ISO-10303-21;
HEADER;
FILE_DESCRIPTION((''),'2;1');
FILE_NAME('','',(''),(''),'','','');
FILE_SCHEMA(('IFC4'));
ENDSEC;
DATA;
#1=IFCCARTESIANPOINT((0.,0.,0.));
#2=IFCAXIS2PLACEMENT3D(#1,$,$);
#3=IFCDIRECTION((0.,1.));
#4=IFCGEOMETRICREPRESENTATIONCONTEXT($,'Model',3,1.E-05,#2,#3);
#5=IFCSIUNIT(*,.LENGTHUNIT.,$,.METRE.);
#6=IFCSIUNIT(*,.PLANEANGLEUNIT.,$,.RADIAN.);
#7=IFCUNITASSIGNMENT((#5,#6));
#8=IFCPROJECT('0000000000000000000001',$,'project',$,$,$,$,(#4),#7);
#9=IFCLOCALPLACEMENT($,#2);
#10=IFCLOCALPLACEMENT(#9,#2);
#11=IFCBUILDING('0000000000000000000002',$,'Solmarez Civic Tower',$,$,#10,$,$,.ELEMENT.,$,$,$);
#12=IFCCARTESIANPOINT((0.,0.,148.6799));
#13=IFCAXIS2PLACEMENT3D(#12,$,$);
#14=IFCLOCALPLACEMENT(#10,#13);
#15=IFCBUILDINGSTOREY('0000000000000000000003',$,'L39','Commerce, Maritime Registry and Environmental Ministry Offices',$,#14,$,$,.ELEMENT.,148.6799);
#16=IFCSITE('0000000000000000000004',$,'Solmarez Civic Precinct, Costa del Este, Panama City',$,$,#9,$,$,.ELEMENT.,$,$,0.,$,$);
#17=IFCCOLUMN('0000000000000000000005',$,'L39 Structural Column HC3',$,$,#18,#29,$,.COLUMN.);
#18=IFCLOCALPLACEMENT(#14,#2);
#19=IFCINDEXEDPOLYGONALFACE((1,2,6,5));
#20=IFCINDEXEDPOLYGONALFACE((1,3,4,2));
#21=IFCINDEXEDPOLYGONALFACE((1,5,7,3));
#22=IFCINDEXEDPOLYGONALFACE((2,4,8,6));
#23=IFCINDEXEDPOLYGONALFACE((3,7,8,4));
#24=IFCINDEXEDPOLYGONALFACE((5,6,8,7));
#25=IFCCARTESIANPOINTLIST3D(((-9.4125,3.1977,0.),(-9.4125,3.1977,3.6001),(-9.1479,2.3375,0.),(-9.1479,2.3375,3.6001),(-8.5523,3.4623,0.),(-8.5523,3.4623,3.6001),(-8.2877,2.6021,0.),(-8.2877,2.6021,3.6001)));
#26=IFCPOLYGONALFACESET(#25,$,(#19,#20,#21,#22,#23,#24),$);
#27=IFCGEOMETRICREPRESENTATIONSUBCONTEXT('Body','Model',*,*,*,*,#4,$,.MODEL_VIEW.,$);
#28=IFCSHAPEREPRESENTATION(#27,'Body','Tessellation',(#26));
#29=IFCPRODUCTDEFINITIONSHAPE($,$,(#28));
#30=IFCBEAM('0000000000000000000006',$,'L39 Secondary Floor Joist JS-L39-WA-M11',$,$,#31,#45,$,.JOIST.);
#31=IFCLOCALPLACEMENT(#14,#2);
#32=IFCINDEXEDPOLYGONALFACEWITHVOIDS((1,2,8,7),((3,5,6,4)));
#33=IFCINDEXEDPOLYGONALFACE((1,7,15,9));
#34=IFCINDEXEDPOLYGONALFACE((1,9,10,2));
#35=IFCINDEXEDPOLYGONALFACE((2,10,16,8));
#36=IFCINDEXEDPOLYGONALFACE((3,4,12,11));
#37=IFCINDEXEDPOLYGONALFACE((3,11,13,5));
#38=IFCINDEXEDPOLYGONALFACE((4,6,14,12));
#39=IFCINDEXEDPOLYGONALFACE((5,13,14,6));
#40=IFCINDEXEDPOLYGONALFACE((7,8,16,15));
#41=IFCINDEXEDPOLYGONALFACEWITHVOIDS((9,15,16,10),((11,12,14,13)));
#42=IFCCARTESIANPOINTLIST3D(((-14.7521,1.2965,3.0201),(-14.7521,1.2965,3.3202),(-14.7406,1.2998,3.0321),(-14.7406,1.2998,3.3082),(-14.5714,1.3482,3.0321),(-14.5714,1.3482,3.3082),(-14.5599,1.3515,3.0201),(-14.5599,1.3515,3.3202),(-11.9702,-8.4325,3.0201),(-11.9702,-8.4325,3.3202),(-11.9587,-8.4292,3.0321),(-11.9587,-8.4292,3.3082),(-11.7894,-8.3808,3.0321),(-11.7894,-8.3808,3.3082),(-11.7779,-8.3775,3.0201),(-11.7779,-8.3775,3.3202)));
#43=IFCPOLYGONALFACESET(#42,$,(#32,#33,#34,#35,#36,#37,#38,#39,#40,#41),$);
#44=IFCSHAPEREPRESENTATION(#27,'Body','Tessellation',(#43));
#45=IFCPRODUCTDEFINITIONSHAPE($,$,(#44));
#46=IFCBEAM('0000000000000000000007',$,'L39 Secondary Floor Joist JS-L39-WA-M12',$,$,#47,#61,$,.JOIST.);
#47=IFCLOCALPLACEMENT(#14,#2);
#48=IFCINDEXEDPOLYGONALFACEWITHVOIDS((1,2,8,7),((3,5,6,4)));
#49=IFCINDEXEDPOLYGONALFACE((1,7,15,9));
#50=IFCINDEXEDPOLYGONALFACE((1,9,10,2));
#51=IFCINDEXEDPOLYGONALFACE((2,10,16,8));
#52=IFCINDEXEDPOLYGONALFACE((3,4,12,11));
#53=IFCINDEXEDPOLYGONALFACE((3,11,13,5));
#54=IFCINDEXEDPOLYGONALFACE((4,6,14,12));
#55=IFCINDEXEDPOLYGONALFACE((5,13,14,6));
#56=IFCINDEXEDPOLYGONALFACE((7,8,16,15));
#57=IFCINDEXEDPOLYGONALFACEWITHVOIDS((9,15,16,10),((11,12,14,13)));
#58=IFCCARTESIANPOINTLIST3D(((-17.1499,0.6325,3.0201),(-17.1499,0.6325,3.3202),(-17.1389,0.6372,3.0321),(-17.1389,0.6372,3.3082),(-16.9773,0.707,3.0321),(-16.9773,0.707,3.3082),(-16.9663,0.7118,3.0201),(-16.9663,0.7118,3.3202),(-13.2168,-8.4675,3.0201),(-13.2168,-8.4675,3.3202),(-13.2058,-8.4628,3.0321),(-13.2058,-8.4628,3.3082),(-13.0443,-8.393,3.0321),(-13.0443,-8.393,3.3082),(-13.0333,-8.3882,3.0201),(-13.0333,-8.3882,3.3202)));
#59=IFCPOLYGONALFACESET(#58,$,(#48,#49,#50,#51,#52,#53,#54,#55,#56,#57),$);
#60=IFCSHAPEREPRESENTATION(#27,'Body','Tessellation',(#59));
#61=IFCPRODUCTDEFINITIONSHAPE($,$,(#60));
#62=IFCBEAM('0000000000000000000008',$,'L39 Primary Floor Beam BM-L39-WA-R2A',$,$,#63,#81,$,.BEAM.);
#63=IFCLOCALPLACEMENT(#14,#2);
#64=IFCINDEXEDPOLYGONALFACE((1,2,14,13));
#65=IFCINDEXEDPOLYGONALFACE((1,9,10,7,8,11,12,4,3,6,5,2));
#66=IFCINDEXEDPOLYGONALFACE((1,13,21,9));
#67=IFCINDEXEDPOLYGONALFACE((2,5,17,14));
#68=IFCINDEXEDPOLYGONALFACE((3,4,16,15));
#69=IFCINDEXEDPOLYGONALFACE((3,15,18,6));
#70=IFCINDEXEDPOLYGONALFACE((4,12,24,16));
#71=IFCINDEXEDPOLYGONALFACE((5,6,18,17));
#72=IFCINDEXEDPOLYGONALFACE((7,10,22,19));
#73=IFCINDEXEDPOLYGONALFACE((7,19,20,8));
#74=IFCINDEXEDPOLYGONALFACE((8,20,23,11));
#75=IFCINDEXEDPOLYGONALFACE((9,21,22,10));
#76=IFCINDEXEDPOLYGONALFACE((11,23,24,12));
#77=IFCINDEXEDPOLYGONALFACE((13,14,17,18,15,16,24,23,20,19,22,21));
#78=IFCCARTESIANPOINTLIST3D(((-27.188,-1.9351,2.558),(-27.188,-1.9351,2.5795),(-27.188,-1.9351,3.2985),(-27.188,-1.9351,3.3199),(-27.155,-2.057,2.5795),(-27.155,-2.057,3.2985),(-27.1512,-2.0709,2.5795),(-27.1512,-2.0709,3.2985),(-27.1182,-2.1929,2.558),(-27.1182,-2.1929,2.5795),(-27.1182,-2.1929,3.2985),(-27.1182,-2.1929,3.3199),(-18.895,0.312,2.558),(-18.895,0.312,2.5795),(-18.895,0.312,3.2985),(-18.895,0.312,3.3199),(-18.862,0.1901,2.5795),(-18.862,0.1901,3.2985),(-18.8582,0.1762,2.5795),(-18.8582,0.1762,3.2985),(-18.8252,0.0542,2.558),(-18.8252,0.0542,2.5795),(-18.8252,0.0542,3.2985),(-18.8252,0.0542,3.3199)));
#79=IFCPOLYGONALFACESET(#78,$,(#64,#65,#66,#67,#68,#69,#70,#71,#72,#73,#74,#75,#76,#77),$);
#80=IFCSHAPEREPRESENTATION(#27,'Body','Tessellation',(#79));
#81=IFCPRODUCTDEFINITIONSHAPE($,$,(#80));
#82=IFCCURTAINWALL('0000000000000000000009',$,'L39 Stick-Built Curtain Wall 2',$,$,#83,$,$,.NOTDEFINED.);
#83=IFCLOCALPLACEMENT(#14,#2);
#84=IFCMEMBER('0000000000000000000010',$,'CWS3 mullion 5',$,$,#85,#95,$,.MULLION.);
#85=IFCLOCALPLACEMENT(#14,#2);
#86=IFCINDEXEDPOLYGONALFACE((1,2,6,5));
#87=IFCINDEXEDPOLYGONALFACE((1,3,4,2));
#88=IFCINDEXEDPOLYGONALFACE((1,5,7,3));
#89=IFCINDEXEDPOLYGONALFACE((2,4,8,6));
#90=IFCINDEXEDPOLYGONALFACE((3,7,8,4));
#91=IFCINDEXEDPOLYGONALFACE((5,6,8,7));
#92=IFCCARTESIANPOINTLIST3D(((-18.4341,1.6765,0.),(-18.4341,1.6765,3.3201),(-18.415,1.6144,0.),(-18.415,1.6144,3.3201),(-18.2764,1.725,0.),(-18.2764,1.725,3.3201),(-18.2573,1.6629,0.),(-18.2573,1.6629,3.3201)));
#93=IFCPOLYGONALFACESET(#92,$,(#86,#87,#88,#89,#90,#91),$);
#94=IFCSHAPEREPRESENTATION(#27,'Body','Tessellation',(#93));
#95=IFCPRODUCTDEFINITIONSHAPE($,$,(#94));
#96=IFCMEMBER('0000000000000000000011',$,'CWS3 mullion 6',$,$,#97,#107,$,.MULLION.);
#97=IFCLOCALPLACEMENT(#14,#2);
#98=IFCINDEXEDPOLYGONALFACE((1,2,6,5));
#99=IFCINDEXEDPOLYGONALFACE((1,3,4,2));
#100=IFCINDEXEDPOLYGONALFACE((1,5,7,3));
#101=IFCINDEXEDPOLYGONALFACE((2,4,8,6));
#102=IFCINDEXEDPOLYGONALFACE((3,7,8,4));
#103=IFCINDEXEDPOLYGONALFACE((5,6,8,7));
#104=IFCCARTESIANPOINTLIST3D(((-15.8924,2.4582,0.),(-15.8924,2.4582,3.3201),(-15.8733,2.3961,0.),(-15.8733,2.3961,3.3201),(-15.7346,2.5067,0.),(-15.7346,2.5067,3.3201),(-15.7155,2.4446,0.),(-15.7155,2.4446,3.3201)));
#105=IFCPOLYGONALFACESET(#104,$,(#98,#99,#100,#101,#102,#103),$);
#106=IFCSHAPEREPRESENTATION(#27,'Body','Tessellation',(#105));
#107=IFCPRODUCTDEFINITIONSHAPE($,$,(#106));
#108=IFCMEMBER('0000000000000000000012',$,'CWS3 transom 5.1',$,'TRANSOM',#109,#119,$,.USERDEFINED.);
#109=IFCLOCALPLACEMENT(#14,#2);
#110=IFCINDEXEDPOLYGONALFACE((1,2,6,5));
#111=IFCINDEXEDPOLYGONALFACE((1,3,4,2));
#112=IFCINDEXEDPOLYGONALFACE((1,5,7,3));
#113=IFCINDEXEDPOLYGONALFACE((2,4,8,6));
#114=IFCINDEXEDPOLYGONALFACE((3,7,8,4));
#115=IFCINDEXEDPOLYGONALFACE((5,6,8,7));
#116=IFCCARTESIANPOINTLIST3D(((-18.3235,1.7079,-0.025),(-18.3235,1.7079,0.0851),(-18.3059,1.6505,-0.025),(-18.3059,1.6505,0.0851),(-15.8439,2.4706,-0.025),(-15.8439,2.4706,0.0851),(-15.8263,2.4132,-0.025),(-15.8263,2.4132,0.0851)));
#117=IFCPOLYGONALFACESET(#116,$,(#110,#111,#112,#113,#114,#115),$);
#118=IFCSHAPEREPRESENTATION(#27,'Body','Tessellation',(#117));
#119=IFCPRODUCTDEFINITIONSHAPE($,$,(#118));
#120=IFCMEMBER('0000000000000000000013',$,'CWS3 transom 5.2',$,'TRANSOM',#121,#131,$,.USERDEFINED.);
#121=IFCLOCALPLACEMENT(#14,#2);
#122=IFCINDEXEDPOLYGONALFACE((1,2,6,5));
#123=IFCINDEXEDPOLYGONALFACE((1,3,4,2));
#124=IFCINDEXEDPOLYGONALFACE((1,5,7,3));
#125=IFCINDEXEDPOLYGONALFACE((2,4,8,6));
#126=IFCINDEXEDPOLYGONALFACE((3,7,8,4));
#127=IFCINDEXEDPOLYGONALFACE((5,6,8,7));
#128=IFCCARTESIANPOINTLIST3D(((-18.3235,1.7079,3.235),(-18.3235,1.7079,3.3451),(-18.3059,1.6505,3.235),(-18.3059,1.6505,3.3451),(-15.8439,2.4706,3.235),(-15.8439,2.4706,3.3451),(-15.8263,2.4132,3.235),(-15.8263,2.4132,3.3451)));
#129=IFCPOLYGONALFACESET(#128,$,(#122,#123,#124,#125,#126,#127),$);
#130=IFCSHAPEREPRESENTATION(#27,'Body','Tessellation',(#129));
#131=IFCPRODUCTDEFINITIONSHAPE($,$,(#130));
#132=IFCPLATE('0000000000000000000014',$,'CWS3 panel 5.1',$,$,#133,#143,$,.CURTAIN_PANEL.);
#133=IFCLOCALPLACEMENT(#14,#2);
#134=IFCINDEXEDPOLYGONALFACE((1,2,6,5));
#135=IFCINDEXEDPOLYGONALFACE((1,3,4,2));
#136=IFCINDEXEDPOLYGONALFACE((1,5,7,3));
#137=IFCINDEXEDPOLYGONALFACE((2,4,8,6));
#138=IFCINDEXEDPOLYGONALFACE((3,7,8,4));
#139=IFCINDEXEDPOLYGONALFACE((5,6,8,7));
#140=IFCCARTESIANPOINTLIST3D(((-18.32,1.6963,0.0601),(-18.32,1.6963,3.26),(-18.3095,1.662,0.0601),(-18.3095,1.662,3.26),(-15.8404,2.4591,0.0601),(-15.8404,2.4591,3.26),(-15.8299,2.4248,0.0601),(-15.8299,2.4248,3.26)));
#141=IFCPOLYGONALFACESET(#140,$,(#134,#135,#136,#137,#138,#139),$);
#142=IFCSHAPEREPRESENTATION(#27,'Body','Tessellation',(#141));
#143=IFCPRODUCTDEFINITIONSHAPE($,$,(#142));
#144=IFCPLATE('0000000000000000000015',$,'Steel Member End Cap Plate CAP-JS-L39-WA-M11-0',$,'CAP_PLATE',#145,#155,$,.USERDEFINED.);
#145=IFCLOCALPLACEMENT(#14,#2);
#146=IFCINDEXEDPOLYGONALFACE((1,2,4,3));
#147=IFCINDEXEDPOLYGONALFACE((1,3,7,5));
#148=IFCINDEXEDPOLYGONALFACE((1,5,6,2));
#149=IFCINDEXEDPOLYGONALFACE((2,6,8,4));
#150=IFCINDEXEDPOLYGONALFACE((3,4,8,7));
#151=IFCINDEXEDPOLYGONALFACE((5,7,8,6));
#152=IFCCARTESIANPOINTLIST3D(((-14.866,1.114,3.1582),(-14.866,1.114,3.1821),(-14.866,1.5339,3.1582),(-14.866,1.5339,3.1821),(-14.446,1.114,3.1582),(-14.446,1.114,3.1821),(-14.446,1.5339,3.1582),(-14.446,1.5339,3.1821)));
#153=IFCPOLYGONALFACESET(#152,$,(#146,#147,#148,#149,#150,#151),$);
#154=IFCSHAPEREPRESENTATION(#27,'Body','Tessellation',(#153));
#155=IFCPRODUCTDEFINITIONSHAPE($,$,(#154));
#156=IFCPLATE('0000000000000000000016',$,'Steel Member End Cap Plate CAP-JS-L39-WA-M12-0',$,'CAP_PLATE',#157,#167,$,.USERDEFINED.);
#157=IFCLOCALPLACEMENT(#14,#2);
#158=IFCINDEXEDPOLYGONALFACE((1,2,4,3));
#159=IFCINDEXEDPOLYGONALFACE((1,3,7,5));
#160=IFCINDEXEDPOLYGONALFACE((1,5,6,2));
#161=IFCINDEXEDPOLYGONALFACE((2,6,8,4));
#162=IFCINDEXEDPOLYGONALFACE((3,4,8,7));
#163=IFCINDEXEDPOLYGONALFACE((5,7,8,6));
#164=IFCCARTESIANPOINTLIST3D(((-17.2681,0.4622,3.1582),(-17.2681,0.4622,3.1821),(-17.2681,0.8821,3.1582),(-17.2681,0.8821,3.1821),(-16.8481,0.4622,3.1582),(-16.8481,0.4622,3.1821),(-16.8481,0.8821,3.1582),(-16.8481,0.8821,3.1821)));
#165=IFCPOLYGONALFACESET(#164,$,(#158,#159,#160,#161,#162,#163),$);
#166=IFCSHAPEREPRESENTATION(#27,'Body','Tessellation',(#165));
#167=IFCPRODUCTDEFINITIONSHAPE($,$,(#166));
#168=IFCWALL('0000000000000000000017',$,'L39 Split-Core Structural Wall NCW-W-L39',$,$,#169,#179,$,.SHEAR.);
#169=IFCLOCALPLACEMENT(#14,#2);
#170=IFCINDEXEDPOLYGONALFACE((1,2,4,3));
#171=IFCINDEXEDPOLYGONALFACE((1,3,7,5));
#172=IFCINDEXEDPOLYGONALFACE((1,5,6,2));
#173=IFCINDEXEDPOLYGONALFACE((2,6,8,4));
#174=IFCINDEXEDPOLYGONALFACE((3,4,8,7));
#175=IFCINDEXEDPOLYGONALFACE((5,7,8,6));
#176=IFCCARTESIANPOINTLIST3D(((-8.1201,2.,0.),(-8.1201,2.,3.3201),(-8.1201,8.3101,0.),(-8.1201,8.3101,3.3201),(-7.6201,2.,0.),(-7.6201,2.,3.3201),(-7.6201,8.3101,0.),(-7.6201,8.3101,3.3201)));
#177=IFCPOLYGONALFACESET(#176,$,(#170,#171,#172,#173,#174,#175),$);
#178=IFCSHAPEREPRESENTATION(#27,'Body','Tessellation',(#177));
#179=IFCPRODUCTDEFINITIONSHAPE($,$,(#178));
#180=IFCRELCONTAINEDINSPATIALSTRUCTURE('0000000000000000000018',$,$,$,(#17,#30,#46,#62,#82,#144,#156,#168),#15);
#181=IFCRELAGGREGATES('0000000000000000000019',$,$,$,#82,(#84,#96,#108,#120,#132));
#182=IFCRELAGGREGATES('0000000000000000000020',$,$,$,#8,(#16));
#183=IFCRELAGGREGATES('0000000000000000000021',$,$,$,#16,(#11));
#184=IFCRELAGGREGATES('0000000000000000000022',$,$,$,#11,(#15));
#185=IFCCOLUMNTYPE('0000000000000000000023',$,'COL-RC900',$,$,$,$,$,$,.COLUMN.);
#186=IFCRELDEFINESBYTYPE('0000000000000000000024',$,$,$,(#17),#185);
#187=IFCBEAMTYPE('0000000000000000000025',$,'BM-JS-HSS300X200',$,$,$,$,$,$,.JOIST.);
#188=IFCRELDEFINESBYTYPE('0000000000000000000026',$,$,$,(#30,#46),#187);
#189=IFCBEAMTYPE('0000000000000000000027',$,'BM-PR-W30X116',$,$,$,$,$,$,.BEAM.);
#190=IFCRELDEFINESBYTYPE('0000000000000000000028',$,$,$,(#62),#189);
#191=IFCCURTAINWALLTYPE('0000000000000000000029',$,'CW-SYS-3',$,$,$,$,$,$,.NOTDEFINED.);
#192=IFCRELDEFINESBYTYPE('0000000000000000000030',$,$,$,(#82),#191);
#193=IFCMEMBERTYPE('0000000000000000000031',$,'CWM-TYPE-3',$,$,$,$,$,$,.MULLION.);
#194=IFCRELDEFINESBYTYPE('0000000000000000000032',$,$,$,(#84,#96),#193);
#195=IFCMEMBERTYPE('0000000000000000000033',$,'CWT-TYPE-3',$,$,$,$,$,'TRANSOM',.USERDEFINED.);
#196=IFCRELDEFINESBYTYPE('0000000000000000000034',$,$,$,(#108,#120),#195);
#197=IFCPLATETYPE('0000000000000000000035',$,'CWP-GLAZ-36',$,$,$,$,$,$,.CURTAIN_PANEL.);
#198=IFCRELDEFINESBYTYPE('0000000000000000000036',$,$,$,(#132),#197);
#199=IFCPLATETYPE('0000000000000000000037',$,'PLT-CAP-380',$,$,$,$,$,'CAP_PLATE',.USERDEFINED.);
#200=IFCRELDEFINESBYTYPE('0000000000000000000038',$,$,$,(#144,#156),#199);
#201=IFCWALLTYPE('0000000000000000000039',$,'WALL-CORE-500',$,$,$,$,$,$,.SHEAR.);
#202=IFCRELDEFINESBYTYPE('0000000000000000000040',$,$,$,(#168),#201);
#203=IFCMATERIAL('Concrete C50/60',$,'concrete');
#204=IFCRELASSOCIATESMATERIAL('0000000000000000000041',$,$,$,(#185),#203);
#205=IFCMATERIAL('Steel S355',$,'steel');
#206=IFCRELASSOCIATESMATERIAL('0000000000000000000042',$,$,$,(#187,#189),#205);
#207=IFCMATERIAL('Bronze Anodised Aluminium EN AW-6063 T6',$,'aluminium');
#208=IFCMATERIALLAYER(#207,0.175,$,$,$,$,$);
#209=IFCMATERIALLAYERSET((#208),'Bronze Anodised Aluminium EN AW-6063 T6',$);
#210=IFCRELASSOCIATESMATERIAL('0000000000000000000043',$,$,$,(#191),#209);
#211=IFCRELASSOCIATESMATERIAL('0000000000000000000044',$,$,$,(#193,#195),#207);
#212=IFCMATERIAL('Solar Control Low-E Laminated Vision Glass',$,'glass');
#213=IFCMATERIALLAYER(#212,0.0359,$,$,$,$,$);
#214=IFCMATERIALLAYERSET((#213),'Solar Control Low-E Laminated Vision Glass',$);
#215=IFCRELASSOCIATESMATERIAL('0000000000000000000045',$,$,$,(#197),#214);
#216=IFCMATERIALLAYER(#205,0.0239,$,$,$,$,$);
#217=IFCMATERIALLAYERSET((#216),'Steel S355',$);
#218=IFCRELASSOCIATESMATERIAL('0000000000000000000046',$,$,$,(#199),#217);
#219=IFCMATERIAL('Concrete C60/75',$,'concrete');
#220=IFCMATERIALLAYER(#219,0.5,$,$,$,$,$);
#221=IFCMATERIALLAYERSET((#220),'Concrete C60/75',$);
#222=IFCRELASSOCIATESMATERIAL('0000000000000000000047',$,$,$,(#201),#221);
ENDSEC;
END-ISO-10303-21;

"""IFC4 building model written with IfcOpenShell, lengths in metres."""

from ifc_helpers import new_model, si_unit, direction, frame, frame_2d, origin, origin_2d, place, context, subcontext, project, spatial, rectangle, hollow_rectangle, i_section, extrude, material, layer, layer_set, material_profile, profile_set, type_object, element, aggregate, save


model = new_model("IFC4")

# Units and contexts
model_context = context("Model", 3, precision=1e-05, world=origin(), true_north=direction((0.0, 1.0)))
body_context = subcontext(model_context, "Body", "Model", "MODEL_VIEW")
ifc_project = project(units=[si_unit("LENGTHUNIT", "METRE"), si_unit("PLANEANGLEUNIT", "RADIAN")], contexts=[model_context])

# Site, building, storey
site_placement = place(None, origin())
site = spatial("IfcSite", under=ifc_project, at=site_placement, Name="Solmarez Civic Precinct, Costa del Este, Panama City", CompositionType="ELEMENT", RefElevation=0.0)
building_placement = place(site_placement, origin())
building = spatial("IfcBuilding", under=site, at=building_placement, Name="Solmarez Civic Tower", CompositionType="ELEMENT")
storey_placement = place(building_placement, frame((0.0, 0.0, 148.6799)))
storey = spatial("IfcBuildingStorey", under=building, at=storey_placement, Name="L39", Description="Commerce, Maritime Registry and Environmental Ministry Offices", CompositionType="ELEMENT", Elevation=148.6799)

# Column
ifc_material_1 = material(Name="Concrete C50/60", Category="concrete")
ifc_material_profile_1 = material_profile(ifc_material_1, rectangle(XDim=0.8999, YDim=0.8999, at=origin_2d()), Name="RC900X900")
ifc_profile_set_1 = profile_set([ifc_material_profile_1], Name="Concrete C50/60")
column_type = type_object("IfcColumnType", Name="COL-RC900", PredefinedType="COLUMN", material=ifc_profile_set_1)
column_placement = place(storey_placement, frame((-8.8501, 2.8999, 0.0), z_axis=(0.0, 0.0, 1.0), x_axis=(0.955793, 0.29404, 0.0)))
element("IfcColumn", 1, at=column_placement, inside=storey, type_object=column_type, Name="L39 Structural Column HC3", PredefinedType="COLUMN", context=body_context, shape_type="SweptSolid", body=[
    extrude(rectangle(XDim=0.8999, YDim=0.8999, at=origin_2d()), origin(), (0.0, 0.0, 1.0), 3.6001),
])

# Beams
ifc_material_2 = material(Name="Steel S355", Category="steel")
ifc_material_profile_2 = material_profile(ifc_material_2, hollow_rectangle(XDim=0.2, YDim=0.3, WallThickness=0.012, at=origin_2d()), Name="HSS300X200X12")
ifc_profile_set_2 = profile_set([ifc_material_profile_2], Name="Steel S355")
beam_type_1 = type_object("IfcBeamType", Name="BM-JS-HSS300X200", PredefinedType="JOIST", material=ifc_profile_set_2)
beam_1_placement = place(storey_placement, frame((-14.656, 1.324, 3.1702), z_axis=(0.274928, -0.961465, 0.0), x_axis=(0.961465, 0.274928, 0.0)))
element("IfcBeam", 2, at=beam_1_placement, inside=storey, type_object=beam_type_1, Name="L39 Secondary Floor Joist JS-L39-WA-M11", PredefinedType="JOIST", context=body_context, shape_type="SweptSolid", body=[
    extrude(hollow_rectangle(XDim=0.2, YDim=0.3, WallThickness=0.012, at=origin_2d()), origin(), (0.0, 0.0, 1.0), 10.1189),
])
beam_2_placement = place(storey_placement, frame((-17.0581, 0.6721, 3.1702), z_axis=(0.396735, -0.917933, 0.0), x_axis=(0.917933, 0.396735, 0.0)))
element("IfcBeam", 3, at=beam_2_placement, inside=storey, type_object=beam_type_1, Name="L39 Secondary Floor Joist JS-L39-WA-M12", PredefinedType="JOIST", context=body_context, shape_type="SweptSolid", body=[
    extrude(hollow_rectangle(XDim=0.2, YDim=0.3, WallThickness=0.012, at=origin_2d()), origin(), (0.0, 0.0, 1.0), 9.9136),
])
ifc_material_profile_3 = material_profile(ifc_material_2, i_section(OverallWidth=0.2671, OverallDepth=0.762, WebThickness=0.0144, FlangeThickness=0.0215, at=origin_2d()), Name="W30X116")
ifc_profile_set_3 = profile_set([ifc_material_profile_3], Name="Steel S355")
beam_type_2 = type_object("IfcBeamType", Name="BM-PR-W30X116", PredefinedType="BEAM", material=ifc_profile_set_3)
beam_3_placement = place(storey_placement, frame((-18.8601, 0.1831, 2.939), z_axis=(-0.965195, -0.26153, 0.0), x_axis=(0.26153, -0.965195, 0.0)))
element("IfcBeam", 4, at=beam_3_placement, inside=storey, type_object=beam_type_2, Name="L39 Primary Floor Beam BM-L39-WA-R2A", PredefinedType="BEAM", context=body_context, shape_type="SweptSolid", body=[
    extrude(i_section(OverallWidth=0.2671, OverallDepth=0.762, WebThickness=0.0144, FlangeThickness=0.0215, at=origin_2d()), origin(), (0.0, 0.0, 1.0), 8.592),
])

# Curtain wall, members, plate
ifc_material_3 = material(Name="Bronze Anodised Aluminium EN AW-6063 T6", Category="aluminium")
ifc_layer_1 = layer(ifc_material_3, 0.175)
ifc_layer_set_1 = layer_set([ifc_layer_1], Name="Bronze Anodised Aluminium EN AW-6063 T6")
curtain_wall_type = type_object("IfcCurtainWallType", Name="CW-SYS-3", PredefinedType="NOTDEFINED", material=ifc_layer_set_1)
curtain_wall_placement = place(storey_placement, origin())
curtain_wall = element("IfcCurtainWall", 5, at=curtain_wall_placement, inside=storey, type_object=curtain_wall_type, Name="L39 Stick-Built Curtain Wall 2", PredefinedType="NOTDEFINED")
ifc_material_profile_4 = material_profile(ifc_material_3, rectangle(XDim=0.0649, YDim=0.165, at=origin_2d()), Name="CWM-65X165")
ifc_profile_set_4 = profile_set([ifc_material_profile_4], Name="Bronze Anodised Aluminium EN AW-6063 T6")
member_type_1 = type_object("IfcMemberType", Name="CWM-TYPE-3", PredefinedType="MULLION", material=ifc_profile_set_4)
member_1_placement = place(storey_placement, frame((-18.3457, 1.6697, 0.0), z_axis=(0.0, 0.0, 1.0), x_axis=(-0.294008, 0.955803, 0.0)))
member_1 = element("IfcMember", 6, at=member_1_placement, type_object=member_type_1, Name="CWS3 mullion 5", PredefinedType="MULLION", context=body_context, shape_type="SweptSolid", body=[
    extrude(rectangle(XDim=0.0649, YDim=0.165, at=origin_2d()), origin(), (0.0, 0.0, 1.0), 3.3201),
])
member_2_placement = place(storey_placement, frame((-15.804, 2.4514, 0.0), z_axis=(0.0, 0.0, 1.0), x_axis=(-0.294008, 0.955803, 0.0)))
member_2 = element("IfcMember", 7, at=member_2_placement, type_object=member_type_1, Name="CWS3 mullion 6", PredefinedType="MULLION", context=body_context, shape_type="SweptSolid", body=[
    extrude(rectangle(XDim=0.0649, YDim=0.165, at=origin_2d()), origin(), (0.0, 0.0, 1.0), 3.3201),
])
ifc_material_profile_5 = material_profile(ifc_material_3, rectangle(XDim=0.0601, YDim=0.1101, at=origin_2d()), Name="CWT-60X110")
ifc_profile_set_5 = profile_set([ifc_material_profile_5], Name="Bronze Anodised Aluminium EN AW-6063 T6")
member_type_2 = type_object("IfcMemberType", Name="CWT-TYPE-3", ElementType="TRANSOM", PredefinedType="USERDEFINED", material=ifc_profile_set_5)
member_3_placement = place(storey_placement, frame((-18.3147, 1.6792, 0.03), z_axis=(0.955803, 0.294006, 0.0), x_axis=(-0.294006, 0.955803, 0.0)))
member_3 = element("IfcMember", 8, at=member_3_placement, type_object=member_type_2, Name="CWS3 transom 5.1", ObjectType="TRANSOM", PredefinedType="USERDEFINED", context=body_context, shape_type="SweptSolid", body=[
    extrude(rectangle(XDim=0.0601, YDim=0.1101, at=origin_2d()), origin(), (0.0, 0.0, 1.0), 2.5942),
])
member_4_placement = place(storey_placement, frame((-18.3147, 1.6792, 3.29), z_axis=(0.955803, 0.294006, 0.0), x_axis=(-0.294006, 0.955803, 0.0)))
member_4 = element("IfcMember", 9, at=member_4_placement, type_object=member_type_2, Name="CWS3 transom 5.2", ObjectType="TRANSOM", PredefinedType="USERDEFINED", context=body_context, shape_type="SweptSolid", body=[
    extrude(rectangle(XDim=0.0601, YDim=0.1101, at=origin_2d()), origin(), (0.0, 0.0, 1.0), 2.5942),
])
ifc_material_4 = material(Name="Solar Control Low-E Laminated Vision Glass", Category="glass")
ifc_layer_2 = layer(ifc_material_4, 0.0359)
ifc_layer_set_2 = layer_set([ifc_layer_2], Name="Solar Control Low-E Laminated Vision Glass")
plate_type_1 = type_object("IfcPlateType", Name="CWP-GLAZ-36", PredefinedType="CURTAIN_PANEL", material=ifc_layer_set_2)
plate_placement = place(storey_placement, frame((-17.075, 2.0605, 0.0601), z_axis=(0.0, 0.0, 1.0), x_axis=(0.955803, 0.294008, 0.0)))
plate = element("IfcPlate", 10, at=plate_placement, type_object=plate_type_1, Name="CWS3 panel 5.1", PredefinedType="CURTAIN_PANEL", context=body_context, shape_type="SweptSolid", body=[
    extrude(rectangle(XDim=2.5942, YDim=0.0359, at=origin_2d()), origin(), (0.0, 0.0, 1.0), 3.2),
])
aggregate(curtain_wall, [member_1, member_2, member_3, member_4, plate])

# Plates
ifc_layer_3 = layer(ifc_material_2, 0.0239)
ifc_layer_set_3 = layer_set([ifc_layer_3], Name="Steel S355")
plate_type_2 = type_object("IfcPlateType", Name="PLT-CAP-380", ElementType="CAP_PLATE", PredefinedType="USERDEFINED", material=ifc_layer_set_3)
for number, where, z_axis, x_axis, name in (
    (11, (-14.656, 1.324, 3.1582), (0.0, 0.0, 1.0), (1.0, 0.0, 0.0), "Steel Member End Cap Plate CAP-JS-L39-WA-M11-0"),
    (12, (-17.0581, 0.6721, 3.1582), (0.0, 0.0, 1.0), (1.0, 0.0, 0.0), "Steel Member End Cap Plate CAP-JS-L39-WA-M12-0"),
):
    element("IfcPlate", number, at=place(storey_placement, frame(where, z_axis=z_axis, x_axis=x_axis)), inside=storey, type_object=plate_type_2, Name=name, ObjectType="CAP_PLATE", PredefinedType="USERDEFINED", context=body_context, shape_type="SweptSolid", body=[
        extrude(rectangle(XDim=0.4199, YDim=0.4199, at=origin_2d()), origin(), (0.0, 0.0, 1.0), 0.0239),
    ])

# Wall
ifc_material_5 = material(Name="Concrete C60/75", Category="concrete")
ifc_layer_4 = layer(ifc_material_5, 0.5)
ifc_layer_set_4 = layer_set([ifc_layer_4], Name="Concrete C60/75")
wall_type_1 = type_object("IfcWallType", Name="WALL-CORE-500", PredefinedType="SHEAR", material=ifc_layer_set_4)
wall_1_placement = place(storey_placement, frame((-7.8701, 2.0, 0.0), z_axis=(0.0, 0.0, 1.0), x_axis=(0.0, 1.0, 0.0)))
element("IfcWall", 13, at=wall_1_placement, inside=storey, type_object=wall_type_1, Name="L39 Split-Core Structural Wall NCW-W-L39", PredefinedType="SHEAR", context=body_context, shape_type="SweptSolid", body=[
    extrude(rectangle(XDim=6.3101, YDim=0.5, at=frame_2d((3.155, 0.0))), origin(), (0.0, 0.0, 1.0), 3.3201),
])

save(model, "model.ifc")
